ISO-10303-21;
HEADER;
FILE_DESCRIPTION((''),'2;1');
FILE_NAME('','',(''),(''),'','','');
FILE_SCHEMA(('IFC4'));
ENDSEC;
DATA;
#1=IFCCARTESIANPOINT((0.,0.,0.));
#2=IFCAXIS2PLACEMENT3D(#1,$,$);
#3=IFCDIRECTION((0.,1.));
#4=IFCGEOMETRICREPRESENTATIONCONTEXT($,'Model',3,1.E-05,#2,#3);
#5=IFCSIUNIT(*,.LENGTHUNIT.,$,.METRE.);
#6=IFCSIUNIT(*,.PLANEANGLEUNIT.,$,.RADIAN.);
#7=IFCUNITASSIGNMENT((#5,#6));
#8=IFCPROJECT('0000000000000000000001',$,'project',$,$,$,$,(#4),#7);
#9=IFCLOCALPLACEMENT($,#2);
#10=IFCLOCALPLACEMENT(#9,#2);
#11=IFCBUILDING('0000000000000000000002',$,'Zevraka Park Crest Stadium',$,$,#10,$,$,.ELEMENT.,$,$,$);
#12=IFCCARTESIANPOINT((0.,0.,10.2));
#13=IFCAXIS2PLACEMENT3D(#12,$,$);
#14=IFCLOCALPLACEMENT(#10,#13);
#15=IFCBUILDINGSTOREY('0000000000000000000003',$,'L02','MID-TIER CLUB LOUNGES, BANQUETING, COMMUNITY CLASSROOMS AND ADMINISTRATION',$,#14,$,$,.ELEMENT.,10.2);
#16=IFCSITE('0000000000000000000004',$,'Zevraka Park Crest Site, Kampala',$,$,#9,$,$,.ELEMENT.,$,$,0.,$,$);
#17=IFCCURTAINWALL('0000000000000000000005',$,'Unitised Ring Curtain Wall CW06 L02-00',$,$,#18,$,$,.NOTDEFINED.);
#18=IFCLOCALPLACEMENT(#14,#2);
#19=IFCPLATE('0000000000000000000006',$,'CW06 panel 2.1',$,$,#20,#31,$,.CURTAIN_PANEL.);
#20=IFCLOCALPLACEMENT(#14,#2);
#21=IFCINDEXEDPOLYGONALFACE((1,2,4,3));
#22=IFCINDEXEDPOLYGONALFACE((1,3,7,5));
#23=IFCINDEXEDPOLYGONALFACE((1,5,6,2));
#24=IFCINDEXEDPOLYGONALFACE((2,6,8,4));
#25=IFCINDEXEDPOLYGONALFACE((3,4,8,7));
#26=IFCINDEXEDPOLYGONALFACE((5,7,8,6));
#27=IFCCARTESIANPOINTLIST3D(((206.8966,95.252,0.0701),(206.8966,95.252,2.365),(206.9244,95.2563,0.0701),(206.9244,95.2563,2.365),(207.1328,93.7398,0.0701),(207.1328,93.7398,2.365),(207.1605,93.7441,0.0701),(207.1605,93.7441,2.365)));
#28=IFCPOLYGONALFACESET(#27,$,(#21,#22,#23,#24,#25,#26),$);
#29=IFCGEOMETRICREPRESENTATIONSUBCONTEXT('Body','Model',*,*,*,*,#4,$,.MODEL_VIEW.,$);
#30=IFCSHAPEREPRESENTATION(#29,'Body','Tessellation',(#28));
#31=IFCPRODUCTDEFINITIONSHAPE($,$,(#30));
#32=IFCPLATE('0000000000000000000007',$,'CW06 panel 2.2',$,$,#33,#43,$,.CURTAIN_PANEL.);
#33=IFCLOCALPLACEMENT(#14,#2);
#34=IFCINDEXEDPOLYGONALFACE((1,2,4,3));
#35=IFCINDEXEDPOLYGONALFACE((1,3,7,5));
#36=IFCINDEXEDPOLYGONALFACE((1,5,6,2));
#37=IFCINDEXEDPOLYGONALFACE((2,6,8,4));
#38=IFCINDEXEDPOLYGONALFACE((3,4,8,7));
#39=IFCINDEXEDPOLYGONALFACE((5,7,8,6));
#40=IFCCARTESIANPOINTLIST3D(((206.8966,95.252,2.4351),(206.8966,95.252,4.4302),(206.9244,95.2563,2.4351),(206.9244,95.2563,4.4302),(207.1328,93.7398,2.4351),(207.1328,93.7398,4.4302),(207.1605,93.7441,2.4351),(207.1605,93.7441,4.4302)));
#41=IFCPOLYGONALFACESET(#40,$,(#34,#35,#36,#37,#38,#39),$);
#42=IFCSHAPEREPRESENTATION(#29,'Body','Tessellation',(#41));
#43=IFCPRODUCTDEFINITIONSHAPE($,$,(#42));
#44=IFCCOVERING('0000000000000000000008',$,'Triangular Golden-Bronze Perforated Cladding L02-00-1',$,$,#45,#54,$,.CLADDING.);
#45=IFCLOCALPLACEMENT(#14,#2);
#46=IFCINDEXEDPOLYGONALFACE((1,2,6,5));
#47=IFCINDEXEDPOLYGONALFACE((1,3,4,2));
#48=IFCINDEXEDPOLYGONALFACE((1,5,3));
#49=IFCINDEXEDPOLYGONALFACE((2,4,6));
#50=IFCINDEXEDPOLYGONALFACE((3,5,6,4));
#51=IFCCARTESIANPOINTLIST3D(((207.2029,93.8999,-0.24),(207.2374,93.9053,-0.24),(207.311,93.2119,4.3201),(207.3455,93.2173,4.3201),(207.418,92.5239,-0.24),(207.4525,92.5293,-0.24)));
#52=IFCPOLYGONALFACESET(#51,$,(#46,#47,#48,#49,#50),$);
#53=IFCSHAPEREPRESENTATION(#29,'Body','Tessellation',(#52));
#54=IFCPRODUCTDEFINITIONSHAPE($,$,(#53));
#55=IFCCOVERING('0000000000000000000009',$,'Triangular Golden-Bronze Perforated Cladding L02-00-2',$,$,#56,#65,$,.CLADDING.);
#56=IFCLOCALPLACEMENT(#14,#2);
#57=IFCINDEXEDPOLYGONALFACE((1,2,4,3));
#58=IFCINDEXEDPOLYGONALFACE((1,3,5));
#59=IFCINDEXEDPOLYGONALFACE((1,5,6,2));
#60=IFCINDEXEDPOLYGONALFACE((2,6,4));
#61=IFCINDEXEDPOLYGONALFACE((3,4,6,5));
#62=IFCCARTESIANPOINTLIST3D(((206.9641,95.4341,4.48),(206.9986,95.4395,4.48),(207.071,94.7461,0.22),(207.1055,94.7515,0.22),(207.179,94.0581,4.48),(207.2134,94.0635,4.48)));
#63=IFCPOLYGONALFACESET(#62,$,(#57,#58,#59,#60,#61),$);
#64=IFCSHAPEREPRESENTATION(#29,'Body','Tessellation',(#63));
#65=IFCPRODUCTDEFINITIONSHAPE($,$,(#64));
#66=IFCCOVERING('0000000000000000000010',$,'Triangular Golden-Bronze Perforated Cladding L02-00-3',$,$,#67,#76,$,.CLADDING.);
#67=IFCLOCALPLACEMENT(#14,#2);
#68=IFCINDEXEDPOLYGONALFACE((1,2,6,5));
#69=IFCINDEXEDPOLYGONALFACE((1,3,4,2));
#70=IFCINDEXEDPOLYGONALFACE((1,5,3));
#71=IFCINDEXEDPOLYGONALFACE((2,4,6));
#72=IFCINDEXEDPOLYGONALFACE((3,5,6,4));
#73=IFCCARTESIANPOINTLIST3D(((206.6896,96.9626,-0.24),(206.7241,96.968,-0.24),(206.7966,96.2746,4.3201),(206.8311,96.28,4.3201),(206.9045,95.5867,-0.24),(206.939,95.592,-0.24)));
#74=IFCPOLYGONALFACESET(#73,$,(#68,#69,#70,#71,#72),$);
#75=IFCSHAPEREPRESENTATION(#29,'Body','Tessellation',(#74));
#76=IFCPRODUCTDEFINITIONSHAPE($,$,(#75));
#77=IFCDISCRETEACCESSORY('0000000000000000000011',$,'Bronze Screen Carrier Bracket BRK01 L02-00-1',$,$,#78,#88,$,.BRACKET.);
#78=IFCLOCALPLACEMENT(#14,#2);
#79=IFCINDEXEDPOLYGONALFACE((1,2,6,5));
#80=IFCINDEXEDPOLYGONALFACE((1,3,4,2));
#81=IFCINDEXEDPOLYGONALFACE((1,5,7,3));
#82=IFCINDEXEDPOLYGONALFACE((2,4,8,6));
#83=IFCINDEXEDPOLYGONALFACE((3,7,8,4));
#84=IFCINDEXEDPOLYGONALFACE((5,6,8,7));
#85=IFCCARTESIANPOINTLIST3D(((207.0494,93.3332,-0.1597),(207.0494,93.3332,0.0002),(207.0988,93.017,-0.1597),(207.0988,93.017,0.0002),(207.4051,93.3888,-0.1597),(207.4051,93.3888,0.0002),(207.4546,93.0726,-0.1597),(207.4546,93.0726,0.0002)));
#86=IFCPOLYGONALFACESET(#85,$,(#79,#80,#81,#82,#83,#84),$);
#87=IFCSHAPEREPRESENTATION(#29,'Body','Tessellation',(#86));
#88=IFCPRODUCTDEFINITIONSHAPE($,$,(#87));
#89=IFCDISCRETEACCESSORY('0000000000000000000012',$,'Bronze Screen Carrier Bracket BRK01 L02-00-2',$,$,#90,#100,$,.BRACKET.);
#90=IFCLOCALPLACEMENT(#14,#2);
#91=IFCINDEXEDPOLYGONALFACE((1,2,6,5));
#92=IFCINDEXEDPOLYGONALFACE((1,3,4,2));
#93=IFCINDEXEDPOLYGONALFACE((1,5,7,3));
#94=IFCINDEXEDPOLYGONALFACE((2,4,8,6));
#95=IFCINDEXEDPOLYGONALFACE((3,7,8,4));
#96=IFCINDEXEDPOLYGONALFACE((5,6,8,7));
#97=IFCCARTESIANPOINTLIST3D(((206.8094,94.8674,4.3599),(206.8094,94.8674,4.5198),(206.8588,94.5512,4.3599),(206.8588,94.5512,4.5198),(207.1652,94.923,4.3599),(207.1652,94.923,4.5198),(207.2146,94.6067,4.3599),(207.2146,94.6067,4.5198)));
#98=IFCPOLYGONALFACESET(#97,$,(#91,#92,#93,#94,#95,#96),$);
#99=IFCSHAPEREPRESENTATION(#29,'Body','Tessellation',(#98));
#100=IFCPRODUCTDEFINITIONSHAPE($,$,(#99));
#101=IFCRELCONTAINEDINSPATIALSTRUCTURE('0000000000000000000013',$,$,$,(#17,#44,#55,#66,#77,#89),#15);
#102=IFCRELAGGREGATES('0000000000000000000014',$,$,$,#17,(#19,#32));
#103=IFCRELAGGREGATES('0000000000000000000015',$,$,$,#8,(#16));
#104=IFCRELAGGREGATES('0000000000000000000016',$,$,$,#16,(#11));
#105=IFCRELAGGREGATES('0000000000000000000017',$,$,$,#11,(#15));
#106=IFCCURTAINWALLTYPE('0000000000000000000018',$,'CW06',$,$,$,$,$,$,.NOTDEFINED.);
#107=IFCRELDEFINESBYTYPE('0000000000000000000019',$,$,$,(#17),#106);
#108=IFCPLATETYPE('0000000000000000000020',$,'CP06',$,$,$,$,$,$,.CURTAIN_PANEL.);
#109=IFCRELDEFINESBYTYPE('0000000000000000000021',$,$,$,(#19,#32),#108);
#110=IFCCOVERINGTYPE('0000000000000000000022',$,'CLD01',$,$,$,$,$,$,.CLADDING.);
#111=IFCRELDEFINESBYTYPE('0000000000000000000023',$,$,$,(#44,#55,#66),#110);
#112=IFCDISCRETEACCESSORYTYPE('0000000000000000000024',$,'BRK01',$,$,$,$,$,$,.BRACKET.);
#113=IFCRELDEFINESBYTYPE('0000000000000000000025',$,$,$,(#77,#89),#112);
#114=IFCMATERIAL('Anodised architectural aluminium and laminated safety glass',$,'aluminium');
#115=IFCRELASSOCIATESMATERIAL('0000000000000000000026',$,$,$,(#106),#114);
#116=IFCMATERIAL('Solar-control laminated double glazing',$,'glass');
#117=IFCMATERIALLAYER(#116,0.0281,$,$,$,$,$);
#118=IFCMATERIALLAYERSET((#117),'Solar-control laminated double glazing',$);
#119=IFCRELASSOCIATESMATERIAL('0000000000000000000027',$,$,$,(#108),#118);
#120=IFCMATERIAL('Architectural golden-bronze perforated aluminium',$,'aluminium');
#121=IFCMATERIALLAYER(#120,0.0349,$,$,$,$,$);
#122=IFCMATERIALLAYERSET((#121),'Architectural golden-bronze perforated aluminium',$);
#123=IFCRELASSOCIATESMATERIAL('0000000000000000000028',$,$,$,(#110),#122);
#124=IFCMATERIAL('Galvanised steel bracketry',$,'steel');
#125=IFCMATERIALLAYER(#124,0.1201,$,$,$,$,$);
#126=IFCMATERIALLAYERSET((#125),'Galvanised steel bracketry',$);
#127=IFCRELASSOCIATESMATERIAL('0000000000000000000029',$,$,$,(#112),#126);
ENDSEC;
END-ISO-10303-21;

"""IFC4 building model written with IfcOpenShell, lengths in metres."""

from ifc_helpers import new_model, si_unit, direction, frame, origin, origin_2d, place, context, subcontext, project, spatial, polyline, rectangle, outline, extrude, material, layer, layer_set, type_object, element, aggregate, save


model = new_model("IFC4")

# Units and contexts
model_context = context("Model", 3, precision=1e-05, world=origin(), true_north=direction((0.0, 1.0)))
body_context = subcontext(model_context, "Body", "Model", "MODEL_VIEW")
ifc_project = project(units=[si_unit("LENGTHUNIT", "METRE"), si_unit("PLANEANGLEUNIT", "RADIAN")], contexts=[model_context])

# Site, building, storey
site_placement = place(None, origin())
site = spatial("IfcSite", under=ifc_project, at=site_placement, Name="Zevraka Park Crest Site, Kampala", CompositionType="ELEMENT", RefElevation=0.0)
building_placement = place(site_placement, origin())
building = spatial("IfcBuilding", under=site, at=building_placement, Name="Zevraka Park Crest Stadium", CompositionType="ELEMENT")
storey_placement = place(building_placement, frame((0.0, 0.0, 10.2)))
storey = spatial("IfcBuildingStorey", under=building, at=storey_placement, Name="L02", Description="MID-TIER CLUB LOUNGES, BANQUETING, COMMUNITY CLASSROOMS AND ADMINISTRATION", CompositionType="ELEMENT", Elevation=10.2)

# Curtain wall, plates
ifc_material_1 = material(Name="Anodised architectural aluminium and laminated safety glass", Category="aluminium")
curtain_wall_type = type_object("IfcCurtainWallType", Name="CW06", PredefinedType="NOTDEFINED", material=ifc_material_1)
curtain_wall_placement = place(storey_placement, origin())
curtain_wall = element("IfcCurtainWall", 1, at=curtain_wall_placement, inside=storey, type_object=curtain_wall_type, Name="Unitised Ring Curtain Wall CW06 L02-00", PredefinedType="NOTDEFINED")
ifc_material_2 = material(Name="Solar-control laminated double glazing", Category="glass")
ifc_layer_1 = layer(ifc_material_2, 0.0281)
ifc_layer_set_1 = layer_set([ifc_layer_1], Name="Solar-control laminated double glazing")
plate_type = type_object("IfcPlateType", Name="CP06", PredefinedType="CURTAIN_PANEL", material=ifc_layer_set_1)
plate_1_placement = place(storey_placement, frame((207.0286, 94.498, 0.0701), z_axis=(0.0, 0.0, 1.0), x_axis=(-0.154274, 0.988028, 0.0)))
plate_1 = element("IfcPlate", 2, at=plate_1_placement, type_object=plate_type, Name="CW06 panel 2.1", PredefinedType="CURTAIN_PANEL", context=body_context, shape_type="SweptSolid", body=[
    extrude(rectangle(XDim=1.5305, YDim=0.0281, at=origin_2d()), origin(), (0.0, 0.0, 1.0), 2.2949),
])
plate_2_placement = place(storey_placement, frame((207.0286, 94.498, 2.4351), z_axis=(0.0, 0.0, 1.0), x_axis=(-0.154274, 0.988028, 0.0)))
plate_2 = element("IfcPlate", 3, at=plate_2_placement, type_object=plate_type, Name="CW06 panel 2.2", PredefinedType="CURTAIN_PANEL", context=body_context, shape_type="SweptSolid", body=[
    extrude(rectangle(XDim=1.5305, YDim=0.0281, at=origin_2d()), origin(), (0.0, 0.0, 1.0), 1.9951),
])
aggregate(curtain_wall, [plate_1, plate_2])

# Coverings
ifc_material_3 = material(Name="Architectural golden-bronze perforated aluminium", Category="aluminium")
ifc_layer_2 = layer(ifc_material_3, 0.0349)
ifc_layer_set_2 = layer_set([ifc_layer_2], Name="Architectural golden-bronze perforated aluminium")
covering_type = type_object("IfcCoveringType", Name="CLD01", PredefinedType="CLADDING", material=ifc_layer_set_2)
covering_1_placement = place(storey_placement, frame((207.418, 92.5239, -0.24), z_axis=(-0.988002, -0.154441, 0.000132), x_axis=(-0.154441, 0.988002, 0.0)))
element("IfcCovering", 4, at=covering_1_placement, inside=storey, type_object=covering_type, Name="Triangular Golden-Bronze Perforated Cladding L02-00-1", PredefinedType="CLADDING", context=body_context, shape_type="SweptSolid", body=[
    extrude(outline(polyline([(0.0, 0.0), (1.3927, 0.0), (0.6962, -4.5601), (0.0, 0.0)])), origin(), (0.0, 0.0, -1.0), 0.0349),
])
covering_2_placement = place(storey_placement, frame((206.9641, 95.4341, 4.48), z_axis=(-0.988029, -0.15427, 0.000113), x_axis=(0.15427, -0.988029, 0.0)))
element("IfcCovering", 5, at=covering_2_placement, inside=storey, type_object=covering_type, Name="Triangular Golden-Bronze Perforated Cladding L02-00-2", PredefinedType="CLADDING", context=body_context, shape_type="SweptSolid", body=[
    extrude(outline(polyline([(0.0, 0.0), (1.3926, 0.0), (0.6962, -4.26), (0.0, 0.0)])), origin(), (0.0, 0.0, -1.0), 0.0349),
])
covering_3_placement = place(storey_placement, frame((206.939, 95.592, -0.24), z_axis=(0.988029, 0.15427, 0.000106), x_axis=(-0.15427, 0.988029, 0.0)))
element("IfcCovering", 6, at=covering_3_placement, inside=storey, type_object=covering_type, Name="Triangular Golden-Bronze Perforated Cladding L02-00-3", PredefinedType="CLADDING", context=body_context, shape_type="SweptSolid", body=[
    extrude(outline(polyline([(0.0, 0.0), (1.3926, 0.0), (0.6964, 4.5601), (0.0, 0.0)])), origin(), (0.0, 0.0, -1.0), 0.0349),
])

# Discrete accessories
ifc_material_4 = material(Name="Galvanised steel bracketry", Category="steel")
ifc_layer_3 = layer(ifc_material_4, 0.1201)
ifc_layer_set_3 = layer_set([ifc_layer_3], Name="Galvanised steel bracketry")
discrete_accessory_type = type_object("IfcDiscreteAccessoryType", Name="BRK01", PredefinedType="BRACKET", material=ifc_layer_set_3)
for number, where, z_axis, x_axis, name in (
    (7, (207.252, 93.2029, -0.1597), (0.0, 0.0, 1.0), (-0.154366, 0.988014, 0.0), "Bronze Screen Carrier Bracket BRK01 L02-00-1"),
    (8, (207.012, 94.7371, 4.3599), (0.0, 0.0, 1.0), (-0.154366, 0.988014, 0.0), "Bronze Screen Carrier Bracket BRK01 L02-00-2"),
):
    element("IfcDiscreteAccessory", number, at=place(storey_placement, frame(where, z_axis=z_axis, x_axis=x_axis)), inside=storey, type_object=discrete_accessory_type, Name=name, PredefinedType="BRACKET", context=body_context, shape_type="SweptSolid", body=[
        extrude(rectangle(XDim=0.3201, YDim=0.3601, at=origin_2d()), origin(), (0.0, 0.0, 1.0), 0.1599),
    ])

save(model, "model.ifc")
